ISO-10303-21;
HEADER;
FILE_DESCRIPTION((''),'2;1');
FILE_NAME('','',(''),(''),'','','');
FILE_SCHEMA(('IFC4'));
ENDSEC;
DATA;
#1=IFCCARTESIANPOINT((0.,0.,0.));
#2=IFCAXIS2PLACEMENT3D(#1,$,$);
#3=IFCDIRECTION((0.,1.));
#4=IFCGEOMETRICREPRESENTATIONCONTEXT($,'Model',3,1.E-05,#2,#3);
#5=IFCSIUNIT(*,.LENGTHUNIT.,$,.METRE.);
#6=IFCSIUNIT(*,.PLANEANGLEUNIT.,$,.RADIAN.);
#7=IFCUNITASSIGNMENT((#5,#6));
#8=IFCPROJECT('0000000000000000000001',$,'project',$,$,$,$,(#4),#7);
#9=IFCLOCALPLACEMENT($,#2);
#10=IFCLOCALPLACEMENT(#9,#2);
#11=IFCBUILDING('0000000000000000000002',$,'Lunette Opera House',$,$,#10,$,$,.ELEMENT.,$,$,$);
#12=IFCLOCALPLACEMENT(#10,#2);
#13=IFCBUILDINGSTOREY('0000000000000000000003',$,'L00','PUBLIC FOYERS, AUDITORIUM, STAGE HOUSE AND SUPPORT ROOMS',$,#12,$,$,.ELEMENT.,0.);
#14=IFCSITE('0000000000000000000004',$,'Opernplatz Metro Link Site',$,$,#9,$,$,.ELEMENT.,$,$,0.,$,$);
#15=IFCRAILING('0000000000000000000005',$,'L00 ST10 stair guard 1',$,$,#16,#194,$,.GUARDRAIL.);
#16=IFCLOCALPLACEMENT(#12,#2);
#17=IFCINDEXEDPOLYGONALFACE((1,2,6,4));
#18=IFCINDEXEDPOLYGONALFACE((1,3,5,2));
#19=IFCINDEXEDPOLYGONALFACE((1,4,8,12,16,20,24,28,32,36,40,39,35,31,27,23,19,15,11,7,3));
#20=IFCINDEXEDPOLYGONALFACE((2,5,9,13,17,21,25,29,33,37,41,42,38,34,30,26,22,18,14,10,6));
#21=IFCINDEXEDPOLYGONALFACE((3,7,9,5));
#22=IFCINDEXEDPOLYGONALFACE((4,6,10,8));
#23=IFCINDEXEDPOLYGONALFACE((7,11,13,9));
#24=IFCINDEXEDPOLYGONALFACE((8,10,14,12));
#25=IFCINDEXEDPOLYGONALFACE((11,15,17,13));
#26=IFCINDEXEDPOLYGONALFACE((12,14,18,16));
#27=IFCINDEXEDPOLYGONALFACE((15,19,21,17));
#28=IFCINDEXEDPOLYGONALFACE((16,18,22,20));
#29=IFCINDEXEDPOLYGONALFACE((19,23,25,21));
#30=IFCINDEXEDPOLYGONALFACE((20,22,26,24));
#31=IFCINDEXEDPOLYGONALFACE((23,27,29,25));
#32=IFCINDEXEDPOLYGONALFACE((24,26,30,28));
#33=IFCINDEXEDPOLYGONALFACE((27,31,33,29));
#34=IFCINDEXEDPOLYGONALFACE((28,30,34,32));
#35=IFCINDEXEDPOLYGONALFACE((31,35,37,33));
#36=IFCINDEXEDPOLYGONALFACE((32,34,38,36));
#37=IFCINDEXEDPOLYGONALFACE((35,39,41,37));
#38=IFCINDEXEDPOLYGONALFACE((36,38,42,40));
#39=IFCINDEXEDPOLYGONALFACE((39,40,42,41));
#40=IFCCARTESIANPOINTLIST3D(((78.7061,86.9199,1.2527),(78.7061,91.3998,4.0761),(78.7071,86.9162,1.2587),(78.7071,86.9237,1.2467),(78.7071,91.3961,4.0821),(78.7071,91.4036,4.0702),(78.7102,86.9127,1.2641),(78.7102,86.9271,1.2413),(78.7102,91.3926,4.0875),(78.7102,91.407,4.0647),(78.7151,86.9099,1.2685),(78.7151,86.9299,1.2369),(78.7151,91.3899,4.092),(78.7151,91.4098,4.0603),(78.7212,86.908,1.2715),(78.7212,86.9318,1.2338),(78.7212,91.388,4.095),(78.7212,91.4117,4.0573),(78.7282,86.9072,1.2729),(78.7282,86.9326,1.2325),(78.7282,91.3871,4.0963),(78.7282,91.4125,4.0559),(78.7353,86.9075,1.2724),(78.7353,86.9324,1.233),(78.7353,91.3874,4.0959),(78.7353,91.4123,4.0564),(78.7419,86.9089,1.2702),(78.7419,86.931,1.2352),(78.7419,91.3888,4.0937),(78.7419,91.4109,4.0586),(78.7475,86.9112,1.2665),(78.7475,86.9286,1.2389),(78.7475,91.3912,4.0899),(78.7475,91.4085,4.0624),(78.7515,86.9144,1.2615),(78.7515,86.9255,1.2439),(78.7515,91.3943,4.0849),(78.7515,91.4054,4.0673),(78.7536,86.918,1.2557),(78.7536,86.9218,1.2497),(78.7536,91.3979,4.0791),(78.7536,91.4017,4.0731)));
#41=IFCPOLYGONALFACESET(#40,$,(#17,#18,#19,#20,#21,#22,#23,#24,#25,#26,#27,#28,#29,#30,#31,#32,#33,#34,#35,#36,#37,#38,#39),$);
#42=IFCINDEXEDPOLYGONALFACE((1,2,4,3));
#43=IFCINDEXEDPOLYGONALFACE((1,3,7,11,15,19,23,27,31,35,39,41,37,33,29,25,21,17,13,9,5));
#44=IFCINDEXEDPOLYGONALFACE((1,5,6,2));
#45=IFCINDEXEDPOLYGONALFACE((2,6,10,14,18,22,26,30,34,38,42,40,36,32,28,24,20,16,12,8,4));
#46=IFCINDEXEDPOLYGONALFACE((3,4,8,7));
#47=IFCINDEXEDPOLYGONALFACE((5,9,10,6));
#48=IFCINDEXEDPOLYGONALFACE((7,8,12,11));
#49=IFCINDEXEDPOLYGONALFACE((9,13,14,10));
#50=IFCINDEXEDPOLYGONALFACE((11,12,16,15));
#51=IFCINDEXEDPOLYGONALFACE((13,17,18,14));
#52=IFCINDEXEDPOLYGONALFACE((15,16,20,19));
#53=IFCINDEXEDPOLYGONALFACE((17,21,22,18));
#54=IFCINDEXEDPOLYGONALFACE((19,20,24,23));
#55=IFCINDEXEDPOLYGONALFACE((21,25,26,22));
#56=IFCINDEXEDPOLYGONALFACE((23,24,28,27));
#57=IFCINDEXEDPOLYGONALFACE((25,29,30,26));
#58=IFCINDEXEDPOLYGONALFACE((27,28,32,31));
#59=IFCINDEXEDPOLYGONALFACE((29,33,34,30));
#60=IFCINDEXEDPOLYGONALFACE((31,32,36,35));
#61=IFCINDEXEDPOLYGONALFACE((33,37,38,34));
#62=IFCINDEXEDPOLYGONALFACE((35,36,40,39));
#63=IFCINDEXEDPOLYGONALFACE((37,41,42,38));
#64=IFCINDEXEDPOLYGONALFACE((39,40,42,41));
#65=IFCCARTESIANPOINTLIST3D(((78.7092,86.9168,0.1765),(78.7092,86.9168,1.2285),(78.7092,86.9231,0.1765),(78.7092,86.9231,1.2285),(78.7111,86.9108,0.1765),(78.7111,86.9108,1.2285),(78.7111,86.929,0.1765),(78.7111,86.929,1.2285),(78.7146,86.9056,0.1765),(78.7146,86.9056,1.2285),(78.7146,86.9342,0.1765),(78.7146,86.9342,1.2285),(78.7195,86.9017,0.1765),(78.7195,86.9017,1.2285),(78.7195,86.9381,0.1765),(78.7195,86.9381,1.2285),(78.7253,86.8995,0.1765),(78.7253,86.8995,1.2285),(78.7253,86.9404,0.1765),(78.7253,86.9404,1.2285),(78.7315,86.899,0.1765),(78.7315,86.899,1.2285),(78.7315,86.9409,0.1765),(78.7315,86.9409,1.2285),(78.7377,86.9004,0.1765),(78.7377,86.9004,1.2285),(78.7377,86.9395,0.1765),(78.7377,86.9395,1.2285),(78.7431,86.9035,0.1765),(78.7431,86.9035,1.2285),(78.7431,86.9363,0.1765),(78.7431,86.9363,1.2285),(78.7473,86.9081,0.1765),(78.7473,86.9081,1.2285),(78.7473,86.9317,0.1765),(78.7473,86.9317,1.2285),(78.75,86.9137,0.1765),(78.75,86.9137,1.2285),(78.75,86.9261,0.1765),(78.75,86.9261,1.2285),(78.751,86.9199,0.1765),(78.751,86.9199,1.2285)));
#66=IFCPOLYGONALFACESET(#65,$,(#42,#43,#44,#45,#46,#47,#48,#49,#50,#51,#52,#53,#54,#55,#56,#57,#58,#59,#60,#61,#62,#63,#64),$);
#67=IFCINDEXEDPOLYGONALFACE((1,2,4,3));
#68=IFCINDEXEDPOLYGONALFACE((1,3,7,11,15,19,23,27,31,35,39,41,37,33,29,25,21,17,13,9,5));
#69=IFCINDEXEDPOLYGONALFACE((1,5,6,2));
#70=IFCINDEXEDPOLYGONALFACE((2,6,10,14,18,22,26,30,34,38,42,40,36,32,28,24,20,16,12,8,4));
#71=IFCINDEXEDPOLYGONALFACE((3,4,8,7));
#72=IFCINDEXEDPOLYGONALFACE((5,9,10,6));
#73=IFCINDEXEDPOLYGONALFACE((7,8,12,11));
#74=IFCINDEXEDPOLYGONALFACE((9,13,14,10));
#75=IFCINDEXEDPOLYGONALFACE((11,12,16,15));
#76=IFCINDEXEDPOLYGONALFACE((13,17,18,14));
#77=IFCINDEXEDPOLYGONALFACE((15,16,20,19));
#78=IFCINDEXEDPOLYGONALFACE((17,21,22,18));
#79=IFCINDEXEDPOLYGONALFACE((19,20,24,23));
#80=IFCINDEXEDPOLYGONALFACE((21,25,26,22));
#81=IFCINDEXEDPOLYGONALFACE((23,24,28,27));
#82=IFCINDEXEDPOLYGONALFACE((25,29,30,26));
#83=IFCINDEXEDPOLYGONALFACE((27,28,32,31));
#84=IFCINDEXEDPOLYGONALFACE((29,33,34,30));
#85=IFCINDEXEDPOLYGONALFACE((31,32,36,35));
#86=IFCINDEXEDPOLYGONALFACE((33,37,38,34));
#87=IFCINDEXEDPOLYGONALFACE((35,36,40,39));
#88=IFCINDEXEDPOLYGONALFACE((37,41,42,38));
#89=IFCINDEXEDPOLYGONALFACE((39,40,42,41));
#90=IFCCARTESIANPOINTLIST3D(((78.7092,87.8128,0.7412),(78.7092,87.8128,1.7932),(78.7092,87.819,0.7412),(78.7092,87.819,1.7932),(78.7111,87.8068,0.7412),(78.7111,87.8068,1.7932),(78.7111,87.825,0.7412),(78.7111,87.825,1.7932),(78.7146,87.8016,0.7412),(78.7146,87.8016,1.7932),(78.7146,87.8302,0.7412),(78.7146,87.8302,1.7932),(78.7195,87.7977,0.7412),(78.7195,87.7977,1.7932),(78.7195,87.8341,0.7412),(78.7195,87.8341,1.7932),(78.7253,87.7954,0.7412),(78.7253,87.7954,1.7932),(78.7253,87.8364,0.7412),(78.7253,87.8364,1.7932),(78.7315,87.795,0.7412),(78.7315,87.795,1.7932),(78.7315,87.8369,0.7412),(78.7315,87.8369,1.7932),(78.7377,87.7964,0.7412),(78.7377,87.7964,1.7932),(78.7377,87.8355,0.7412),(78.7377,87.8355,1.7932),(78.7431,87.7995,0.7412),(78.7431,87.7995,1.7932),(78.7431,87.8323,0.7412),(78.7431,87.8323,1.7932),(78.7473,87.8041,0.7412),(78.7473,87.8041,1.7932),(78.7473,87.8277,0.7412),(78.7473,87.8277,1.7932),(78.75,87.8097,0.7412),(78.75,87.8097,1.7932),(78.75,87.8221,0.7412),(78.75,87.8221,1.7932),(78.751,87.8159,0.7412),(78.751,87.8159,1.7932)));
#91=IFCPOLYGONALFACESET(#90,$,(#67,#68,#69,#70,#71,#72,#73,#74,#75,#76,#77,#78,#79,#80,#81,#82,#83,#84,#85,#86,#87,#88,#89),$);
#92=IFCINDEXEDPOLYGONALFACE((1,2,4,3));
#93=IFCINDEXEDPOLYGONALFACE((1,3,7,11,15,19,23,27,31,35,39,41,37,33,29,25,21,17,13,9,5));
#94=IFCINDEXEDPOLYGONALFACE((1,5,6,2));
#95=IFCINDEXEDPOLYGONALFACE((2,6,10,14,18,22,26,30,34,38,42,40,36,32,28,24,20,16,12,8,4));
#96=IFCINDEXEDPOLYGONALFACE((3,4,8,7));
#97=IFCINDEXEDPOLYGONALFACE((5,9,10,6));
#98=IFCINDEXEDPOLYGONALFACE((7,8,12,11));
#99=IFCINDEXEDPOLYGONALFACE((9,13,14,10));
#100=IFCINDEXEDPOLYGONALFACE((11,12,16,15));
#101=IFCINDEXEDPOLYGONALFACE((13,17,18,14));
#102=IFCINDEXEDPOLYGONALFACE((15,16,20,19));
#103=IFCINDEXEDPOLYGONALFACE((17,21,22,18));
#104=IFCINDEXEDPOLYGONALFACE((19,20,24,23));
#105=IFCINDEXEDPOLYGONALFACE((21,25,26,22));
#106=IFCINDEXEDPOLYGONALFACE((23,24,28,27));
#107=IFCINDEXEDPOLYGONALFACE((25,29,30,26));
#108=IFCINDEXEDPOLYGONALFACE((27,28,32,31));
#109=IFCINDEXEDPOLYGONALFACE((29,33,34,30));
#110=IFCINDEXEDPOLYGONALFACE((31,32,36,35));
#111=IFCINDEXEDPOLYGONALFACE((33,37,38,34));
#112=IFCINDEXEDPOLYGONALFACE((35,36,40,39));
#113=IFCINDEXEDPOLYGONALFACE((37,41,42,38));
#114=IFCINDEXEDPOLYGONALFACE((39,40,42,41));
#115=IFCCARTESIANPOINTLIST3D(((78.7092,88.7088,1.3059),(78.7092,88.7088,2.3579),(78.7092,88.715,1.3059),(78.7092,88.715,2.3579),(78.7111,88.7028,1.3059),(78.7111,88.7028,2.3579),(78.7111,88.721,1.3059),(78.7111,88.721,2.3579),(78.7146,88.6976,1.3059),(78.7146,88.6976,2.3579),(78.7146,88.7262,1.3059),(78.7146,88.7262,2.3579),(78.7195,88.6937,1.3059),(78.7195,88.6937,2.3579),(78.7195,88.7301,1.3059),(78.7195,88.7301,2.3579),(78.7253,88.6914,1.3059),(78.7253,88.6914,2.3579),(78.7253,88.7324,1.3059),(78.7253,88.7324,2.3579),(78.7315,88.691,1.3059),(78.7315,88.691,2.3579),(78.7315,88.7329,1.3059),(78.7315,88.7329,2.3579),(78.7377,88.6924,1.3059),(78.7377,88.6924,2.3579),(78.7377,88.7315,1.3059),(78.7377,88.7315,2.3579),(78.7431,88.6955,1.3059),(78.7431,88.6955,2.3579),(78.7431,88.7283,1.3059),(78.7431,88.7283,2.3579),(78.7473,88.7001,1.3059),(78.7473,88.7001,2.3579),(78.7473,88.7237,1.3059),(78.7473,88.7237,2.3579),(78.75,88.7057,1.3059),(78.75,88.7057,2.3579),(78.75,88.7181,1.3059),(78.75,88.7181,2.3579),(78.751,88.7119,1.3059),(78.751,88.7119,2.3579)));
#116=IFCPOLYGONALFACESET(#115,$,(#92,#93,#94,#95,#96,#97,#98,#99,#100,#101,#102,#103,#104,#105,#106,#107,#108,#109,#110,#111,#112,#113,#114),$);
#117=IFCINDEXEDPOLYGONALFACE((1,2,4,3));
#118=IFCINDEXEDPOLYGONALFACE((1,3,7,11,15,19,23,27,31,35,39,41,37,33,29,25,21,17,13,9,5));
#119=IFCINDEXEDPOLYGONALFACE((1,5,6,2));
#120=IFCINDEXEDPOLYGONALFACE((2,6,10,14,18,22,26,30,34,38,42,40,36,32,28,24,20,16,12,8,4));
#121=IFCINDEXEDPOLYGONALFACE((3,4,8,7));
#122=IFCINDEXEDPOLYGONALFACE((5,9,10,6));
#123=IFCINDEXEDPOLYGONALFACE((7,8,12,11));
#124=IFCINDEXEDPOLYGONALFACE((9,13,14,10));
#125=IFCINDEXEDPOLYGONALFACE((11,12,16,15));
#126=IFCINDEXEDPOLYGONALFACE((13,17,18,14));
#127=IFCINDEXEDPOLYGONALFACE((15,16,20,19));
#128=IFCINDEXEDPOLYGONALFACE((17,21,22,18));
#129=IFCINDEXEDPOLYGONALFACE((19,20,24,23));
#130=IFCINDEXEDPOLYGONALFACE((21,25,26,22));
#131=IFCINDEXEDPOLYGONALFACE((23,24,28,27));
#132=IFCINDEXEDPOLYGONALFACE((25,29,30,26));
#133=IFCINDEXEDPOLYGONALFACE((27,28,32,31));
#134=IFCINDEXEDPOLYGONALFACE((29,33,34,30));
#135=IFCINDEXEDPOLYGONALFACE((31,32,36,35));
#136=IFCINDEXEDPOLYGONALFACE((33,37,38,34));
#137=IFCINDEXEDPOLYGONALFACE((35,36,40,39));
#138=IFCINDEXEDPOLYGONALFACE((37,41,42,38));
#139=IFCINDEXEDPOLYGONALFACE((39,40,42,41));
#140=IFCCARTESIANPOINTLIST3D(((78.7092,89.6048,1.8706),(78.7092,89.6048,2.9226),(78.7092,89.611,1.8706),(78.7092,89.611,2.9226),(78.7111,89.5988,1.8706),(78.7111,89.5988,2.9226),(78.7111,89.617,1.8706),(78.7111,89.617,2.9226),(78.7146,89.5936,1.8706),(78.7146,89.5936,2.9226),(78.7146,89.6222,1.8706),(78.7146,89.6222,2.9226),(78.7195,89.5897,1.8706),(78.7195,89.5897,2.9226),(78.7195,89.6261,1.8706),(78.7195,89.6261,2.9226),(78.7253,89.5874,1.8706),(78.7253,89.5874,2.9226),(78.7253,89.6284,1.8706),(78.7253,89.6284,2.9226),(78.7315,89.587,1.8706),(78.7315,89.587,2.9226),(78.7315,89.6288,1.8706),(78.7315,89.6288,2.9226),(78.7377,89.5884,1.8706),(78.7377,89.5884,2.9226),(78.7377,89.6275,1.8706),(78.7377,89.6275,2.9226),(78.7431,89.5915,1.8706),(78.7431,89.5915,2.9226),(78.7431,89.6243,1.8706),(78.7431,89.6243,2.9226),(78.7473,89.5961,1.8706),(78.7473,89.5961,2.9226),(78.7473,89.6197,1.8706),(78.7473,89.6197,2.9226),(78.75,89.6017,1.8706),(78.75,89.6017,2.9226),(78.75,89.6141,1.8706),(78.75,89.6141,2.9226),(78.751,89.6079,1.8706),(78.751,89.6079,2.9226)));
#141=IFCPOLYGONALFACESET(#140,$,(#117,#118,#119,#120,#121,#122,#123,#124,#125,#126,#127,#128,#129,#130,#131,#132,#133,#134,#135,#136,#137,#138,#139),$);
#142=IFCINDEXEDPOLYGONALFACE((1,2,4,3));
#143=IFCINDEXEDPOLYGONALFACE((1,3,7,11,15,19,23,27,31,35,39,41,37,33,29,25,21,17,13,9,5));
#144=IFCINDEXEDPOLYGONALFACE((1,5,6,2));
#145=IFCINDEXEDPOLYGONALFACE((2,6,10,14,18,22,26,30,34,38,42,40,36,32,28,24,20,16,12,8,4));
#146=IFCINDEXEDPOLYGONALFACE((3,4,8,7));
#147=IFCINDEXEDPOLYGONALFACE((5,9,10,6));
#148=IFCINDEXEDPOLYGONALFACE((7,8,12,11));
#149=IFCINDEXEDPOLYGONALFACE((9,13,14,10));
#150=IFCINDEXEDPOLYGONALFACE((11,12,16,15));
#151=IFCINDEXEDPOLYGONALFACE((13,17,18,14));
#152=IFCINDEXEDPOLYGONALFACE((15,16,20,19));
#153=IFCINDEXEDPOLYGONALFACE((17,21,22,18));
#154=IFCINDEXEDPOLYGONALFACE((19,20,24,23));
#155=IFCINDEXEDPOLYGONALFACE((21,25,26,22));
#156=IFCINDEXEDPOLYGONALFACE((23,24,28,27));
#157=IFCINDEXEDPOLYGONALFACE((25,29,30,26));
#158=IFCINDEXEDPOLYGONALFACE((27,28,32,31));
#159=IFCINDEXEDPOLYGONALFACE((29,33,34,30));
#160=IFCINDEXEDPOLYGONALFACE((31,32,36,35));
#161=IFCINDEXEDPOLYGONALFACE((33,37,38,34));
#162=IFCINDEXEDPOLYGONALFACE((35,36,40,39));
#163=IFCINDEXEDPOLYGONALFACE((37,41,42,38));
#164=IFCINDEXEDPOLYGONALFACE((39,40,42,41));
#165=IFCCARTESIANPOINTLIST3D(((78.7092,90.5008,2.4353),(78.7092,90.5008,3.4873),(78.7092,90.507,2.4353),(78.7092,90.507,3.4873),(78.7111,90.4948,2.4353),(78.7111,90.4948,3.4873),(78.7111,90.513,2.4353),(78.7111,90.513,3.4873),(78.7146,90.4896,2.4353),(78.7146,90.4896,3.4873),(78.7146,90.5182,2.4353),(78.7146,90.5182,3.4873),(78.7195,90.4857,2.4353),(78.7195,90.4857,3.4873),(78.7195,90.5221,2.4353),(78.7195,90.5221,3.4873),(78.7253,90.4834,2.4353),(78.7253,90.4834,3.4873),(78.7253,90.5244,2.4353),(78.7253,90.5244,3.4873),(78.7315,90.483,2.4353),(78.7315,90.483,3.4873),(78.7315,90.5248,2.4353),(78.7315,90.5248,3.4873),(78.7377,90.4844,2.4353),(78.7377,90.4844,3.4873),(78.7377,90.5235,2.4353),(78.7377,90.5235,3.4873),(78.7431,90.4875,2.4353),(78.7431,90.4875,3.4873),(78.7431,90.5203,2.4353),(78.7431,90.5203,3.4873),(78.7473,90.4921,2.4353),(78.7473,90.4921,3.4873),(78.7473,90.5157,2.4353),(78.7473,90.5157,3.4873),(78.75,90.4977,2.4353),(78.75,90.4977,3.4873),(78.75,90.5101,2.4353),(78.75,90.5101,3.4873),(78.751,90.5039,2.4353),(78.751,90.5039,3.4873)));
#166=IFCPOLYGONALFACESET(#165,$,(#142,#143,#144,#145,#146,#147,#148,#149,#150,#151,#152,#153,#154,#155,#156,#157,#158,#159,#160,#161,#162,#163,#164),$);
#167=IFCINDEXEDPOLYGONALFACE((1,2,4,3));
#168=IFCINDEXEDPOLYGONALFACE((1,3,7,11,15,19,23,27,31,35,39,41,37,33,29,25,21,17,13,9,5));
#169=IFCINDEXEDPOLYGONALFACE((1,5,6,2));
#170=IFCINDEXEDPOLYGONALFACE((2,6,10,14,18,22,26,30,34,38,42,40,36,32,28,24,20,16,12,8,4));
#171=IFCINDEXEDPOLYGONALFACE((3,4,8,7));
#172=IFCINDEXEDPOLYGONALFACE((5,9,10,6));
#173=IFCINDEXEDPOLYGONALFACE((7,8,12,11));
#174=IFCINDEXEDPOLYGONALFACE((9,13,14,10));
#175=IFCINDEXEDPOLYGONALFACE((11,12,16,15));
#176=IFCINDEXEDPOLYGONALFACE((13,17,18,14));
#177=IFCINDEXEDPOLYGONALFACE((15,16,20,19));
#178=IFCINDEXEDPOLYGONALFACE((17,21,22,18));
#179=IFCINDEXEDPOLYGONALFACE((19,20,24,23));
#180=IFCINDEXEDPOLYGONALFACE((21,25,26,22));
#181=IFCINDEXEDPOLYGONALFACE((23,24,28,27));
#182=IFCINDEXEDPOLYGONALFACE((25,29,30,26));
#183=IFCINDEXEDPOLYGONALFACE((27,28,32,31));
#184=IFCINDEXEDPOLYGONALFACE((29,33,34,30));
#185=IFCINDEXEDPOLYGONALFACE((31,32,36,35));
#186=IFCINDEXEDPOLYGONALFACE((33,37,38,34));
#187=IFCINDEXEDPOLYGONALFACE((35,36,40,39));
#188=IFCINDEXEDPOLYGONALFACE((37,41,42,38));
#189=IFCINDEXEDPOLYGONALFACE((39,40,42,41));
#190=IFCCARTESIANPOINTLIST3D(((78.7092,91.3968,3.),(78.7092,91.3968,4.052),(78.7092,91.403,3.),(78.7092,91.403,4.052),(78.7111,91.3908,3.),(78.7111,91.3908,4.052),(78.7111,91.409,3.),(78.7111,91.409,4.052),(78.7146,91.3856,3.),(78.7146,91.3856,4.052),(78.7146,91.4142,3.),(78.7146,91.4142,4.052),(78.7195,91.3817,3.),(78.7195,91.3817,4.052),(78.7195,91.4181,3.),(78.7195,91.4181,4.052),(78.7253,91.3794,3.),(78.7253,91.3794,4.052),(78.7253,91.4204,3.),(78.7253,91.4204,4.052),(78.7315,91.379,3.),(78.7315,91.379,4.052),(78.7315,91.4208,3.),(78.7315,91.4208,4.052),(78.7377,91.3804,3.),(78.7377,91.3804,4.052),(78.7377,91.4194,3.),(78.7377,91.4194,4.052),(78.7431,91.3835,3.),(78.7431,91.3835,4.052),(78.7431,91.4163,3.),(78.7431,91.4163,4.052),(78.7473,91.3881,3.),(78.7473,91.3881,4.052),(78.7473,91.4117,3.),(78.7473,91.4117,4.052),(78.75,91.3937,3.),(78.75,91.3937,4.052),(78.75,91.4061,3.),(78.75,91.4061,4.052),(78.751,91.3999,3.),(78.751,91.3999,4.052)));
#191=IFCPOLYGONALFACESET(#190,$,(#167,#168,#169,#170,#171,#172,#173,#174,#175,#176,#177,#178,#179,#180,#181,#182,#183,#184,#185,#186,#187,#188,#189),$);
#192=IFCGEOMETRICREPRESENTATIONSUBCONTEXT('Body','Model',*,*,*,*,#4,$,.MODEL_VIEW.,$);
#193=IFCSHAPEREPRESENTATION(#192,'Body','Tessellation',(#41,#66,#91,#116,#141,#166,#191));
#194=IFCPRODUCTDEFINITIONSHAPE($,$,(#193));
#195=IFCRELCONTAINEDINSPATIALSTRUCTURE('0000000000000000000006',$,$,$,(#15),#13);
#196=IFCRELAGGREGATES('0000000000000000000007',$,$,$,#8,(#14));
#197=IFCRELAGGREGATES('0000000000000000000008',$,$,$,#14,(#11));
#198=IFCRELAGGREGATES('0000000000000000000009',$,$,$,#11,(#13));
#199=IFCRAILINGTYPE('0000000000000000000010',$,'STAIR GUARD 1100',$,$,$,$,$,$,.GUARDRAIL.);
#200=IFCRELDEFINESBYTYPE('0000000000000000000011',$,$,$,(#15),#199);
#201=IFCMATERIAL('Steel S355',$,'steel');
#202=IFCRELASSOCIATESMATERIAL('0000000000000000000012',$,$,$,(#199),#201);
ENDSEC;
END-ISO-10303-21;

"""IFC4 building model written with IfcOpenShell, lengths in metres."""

from ifc_helpers import new_model, si_unit, direction, frame, origin, origin_2d, place, context, subcontext, project, spatial, circle, extrude, material, type_object, element, save


model = new_model("IFC4")

# Units and contexts
model_context = context("Model", 3, precision=1e-05, world=origin(), true_north=direction((0.0, 1.0)))
body_context = subcontext(model_context, "Body", "Model", "MODEL_VIEW")
ifc_project = project(units=[si_unit("LENGTHUNIT", "METRE"), si_unit("PLANEANGLEUNIT", "RADIAN")], contexts=[model_context])

# Site, building, storey
site_placement = place(None, origin())
site = spatial("IfcSite", under=ifc_project, at=site_placement, Name="Opernplatz Metro Link Site", CompositionType="ELEMENT", RefElevation=0.0)
building_placement = place(site_placement, origin())
building = spatial("IfcBuilding", under=site, at=building_placement, Name="Lunette Opera House", CompositionType="ELEMENT")
storey_placement = place(building_placement, origin())
storey = spatial("IfcBuildingStorey", under=building, at=storey_placement, Name="L00", Description="PUBLIC FOYERS, AUDITORIUM, STAGE HOUSE AND SUPPORT ROOMS", CompositionType="ELEMENT", Elevation=0.0)

# Railing
ifc_material_1 = material(Name="Steel S355", Category="steel")
railing_type_1 = type_object("IfcRailingType", Name="STAIR GUARD 1100", PredefinedType="GUARDRAIL", material=ifc_material_1)
railing_1_placement = place(storey_placement, frame((78.73, 86.9199, 0.1765)))
element("IfcRailing", 1, at=railing_1_placement, inside=storey, type_object=railing_type_1, Name="L00 ST10 stair guard 1", PredefinedType="GUARDRAIL", context=body_context, shape_type="SweptSolid", body=[
    extrude(circle(Radius=0.0239, at=origin_2d()), frame((0.0, 0.0, 1.0762), z_axis=(0.0, 0.845998, 0.533186), x_axis=(-1.0, 0.0, 0.0)), (0.0, 0.0, 1.0), 5.2954),
    extrude(circle(Radius=0.021, at=origin_2d()), origin(), (0.0, 0.0, 1.0), 1.052),
    extrude(circle(Radius=0.021, at=origin_2d()), frame((0.0, 0.896, 0.5647)), (0.0, 0.0, 1.0), 1.052),
    extrude(circle(Radius=0.021, at=origin_2d()), frame((0.0, 1.792, 1.1294)), (0.0, 0.0, 1.0), 1.052),
    extrude(circle(Radius=0.021, at=origin_2d()), frame((0.0, 2.688, 1.6941)), (0.0, 0.0, 1.0), 1.052),
    extrude(circle(Radius=0.021, at=origin_2d()), frame((0.0, 3.584, 2.2588)), (0.0, 0.0, 1.0), 1.052),
    extrude(circle(Radius=0.021, at=origin_2d()), frame((0.0, 4.48, 2.8235)), (0.0, 0.0, 1.0), 1.052),
])

save(model, "model.ifc")
